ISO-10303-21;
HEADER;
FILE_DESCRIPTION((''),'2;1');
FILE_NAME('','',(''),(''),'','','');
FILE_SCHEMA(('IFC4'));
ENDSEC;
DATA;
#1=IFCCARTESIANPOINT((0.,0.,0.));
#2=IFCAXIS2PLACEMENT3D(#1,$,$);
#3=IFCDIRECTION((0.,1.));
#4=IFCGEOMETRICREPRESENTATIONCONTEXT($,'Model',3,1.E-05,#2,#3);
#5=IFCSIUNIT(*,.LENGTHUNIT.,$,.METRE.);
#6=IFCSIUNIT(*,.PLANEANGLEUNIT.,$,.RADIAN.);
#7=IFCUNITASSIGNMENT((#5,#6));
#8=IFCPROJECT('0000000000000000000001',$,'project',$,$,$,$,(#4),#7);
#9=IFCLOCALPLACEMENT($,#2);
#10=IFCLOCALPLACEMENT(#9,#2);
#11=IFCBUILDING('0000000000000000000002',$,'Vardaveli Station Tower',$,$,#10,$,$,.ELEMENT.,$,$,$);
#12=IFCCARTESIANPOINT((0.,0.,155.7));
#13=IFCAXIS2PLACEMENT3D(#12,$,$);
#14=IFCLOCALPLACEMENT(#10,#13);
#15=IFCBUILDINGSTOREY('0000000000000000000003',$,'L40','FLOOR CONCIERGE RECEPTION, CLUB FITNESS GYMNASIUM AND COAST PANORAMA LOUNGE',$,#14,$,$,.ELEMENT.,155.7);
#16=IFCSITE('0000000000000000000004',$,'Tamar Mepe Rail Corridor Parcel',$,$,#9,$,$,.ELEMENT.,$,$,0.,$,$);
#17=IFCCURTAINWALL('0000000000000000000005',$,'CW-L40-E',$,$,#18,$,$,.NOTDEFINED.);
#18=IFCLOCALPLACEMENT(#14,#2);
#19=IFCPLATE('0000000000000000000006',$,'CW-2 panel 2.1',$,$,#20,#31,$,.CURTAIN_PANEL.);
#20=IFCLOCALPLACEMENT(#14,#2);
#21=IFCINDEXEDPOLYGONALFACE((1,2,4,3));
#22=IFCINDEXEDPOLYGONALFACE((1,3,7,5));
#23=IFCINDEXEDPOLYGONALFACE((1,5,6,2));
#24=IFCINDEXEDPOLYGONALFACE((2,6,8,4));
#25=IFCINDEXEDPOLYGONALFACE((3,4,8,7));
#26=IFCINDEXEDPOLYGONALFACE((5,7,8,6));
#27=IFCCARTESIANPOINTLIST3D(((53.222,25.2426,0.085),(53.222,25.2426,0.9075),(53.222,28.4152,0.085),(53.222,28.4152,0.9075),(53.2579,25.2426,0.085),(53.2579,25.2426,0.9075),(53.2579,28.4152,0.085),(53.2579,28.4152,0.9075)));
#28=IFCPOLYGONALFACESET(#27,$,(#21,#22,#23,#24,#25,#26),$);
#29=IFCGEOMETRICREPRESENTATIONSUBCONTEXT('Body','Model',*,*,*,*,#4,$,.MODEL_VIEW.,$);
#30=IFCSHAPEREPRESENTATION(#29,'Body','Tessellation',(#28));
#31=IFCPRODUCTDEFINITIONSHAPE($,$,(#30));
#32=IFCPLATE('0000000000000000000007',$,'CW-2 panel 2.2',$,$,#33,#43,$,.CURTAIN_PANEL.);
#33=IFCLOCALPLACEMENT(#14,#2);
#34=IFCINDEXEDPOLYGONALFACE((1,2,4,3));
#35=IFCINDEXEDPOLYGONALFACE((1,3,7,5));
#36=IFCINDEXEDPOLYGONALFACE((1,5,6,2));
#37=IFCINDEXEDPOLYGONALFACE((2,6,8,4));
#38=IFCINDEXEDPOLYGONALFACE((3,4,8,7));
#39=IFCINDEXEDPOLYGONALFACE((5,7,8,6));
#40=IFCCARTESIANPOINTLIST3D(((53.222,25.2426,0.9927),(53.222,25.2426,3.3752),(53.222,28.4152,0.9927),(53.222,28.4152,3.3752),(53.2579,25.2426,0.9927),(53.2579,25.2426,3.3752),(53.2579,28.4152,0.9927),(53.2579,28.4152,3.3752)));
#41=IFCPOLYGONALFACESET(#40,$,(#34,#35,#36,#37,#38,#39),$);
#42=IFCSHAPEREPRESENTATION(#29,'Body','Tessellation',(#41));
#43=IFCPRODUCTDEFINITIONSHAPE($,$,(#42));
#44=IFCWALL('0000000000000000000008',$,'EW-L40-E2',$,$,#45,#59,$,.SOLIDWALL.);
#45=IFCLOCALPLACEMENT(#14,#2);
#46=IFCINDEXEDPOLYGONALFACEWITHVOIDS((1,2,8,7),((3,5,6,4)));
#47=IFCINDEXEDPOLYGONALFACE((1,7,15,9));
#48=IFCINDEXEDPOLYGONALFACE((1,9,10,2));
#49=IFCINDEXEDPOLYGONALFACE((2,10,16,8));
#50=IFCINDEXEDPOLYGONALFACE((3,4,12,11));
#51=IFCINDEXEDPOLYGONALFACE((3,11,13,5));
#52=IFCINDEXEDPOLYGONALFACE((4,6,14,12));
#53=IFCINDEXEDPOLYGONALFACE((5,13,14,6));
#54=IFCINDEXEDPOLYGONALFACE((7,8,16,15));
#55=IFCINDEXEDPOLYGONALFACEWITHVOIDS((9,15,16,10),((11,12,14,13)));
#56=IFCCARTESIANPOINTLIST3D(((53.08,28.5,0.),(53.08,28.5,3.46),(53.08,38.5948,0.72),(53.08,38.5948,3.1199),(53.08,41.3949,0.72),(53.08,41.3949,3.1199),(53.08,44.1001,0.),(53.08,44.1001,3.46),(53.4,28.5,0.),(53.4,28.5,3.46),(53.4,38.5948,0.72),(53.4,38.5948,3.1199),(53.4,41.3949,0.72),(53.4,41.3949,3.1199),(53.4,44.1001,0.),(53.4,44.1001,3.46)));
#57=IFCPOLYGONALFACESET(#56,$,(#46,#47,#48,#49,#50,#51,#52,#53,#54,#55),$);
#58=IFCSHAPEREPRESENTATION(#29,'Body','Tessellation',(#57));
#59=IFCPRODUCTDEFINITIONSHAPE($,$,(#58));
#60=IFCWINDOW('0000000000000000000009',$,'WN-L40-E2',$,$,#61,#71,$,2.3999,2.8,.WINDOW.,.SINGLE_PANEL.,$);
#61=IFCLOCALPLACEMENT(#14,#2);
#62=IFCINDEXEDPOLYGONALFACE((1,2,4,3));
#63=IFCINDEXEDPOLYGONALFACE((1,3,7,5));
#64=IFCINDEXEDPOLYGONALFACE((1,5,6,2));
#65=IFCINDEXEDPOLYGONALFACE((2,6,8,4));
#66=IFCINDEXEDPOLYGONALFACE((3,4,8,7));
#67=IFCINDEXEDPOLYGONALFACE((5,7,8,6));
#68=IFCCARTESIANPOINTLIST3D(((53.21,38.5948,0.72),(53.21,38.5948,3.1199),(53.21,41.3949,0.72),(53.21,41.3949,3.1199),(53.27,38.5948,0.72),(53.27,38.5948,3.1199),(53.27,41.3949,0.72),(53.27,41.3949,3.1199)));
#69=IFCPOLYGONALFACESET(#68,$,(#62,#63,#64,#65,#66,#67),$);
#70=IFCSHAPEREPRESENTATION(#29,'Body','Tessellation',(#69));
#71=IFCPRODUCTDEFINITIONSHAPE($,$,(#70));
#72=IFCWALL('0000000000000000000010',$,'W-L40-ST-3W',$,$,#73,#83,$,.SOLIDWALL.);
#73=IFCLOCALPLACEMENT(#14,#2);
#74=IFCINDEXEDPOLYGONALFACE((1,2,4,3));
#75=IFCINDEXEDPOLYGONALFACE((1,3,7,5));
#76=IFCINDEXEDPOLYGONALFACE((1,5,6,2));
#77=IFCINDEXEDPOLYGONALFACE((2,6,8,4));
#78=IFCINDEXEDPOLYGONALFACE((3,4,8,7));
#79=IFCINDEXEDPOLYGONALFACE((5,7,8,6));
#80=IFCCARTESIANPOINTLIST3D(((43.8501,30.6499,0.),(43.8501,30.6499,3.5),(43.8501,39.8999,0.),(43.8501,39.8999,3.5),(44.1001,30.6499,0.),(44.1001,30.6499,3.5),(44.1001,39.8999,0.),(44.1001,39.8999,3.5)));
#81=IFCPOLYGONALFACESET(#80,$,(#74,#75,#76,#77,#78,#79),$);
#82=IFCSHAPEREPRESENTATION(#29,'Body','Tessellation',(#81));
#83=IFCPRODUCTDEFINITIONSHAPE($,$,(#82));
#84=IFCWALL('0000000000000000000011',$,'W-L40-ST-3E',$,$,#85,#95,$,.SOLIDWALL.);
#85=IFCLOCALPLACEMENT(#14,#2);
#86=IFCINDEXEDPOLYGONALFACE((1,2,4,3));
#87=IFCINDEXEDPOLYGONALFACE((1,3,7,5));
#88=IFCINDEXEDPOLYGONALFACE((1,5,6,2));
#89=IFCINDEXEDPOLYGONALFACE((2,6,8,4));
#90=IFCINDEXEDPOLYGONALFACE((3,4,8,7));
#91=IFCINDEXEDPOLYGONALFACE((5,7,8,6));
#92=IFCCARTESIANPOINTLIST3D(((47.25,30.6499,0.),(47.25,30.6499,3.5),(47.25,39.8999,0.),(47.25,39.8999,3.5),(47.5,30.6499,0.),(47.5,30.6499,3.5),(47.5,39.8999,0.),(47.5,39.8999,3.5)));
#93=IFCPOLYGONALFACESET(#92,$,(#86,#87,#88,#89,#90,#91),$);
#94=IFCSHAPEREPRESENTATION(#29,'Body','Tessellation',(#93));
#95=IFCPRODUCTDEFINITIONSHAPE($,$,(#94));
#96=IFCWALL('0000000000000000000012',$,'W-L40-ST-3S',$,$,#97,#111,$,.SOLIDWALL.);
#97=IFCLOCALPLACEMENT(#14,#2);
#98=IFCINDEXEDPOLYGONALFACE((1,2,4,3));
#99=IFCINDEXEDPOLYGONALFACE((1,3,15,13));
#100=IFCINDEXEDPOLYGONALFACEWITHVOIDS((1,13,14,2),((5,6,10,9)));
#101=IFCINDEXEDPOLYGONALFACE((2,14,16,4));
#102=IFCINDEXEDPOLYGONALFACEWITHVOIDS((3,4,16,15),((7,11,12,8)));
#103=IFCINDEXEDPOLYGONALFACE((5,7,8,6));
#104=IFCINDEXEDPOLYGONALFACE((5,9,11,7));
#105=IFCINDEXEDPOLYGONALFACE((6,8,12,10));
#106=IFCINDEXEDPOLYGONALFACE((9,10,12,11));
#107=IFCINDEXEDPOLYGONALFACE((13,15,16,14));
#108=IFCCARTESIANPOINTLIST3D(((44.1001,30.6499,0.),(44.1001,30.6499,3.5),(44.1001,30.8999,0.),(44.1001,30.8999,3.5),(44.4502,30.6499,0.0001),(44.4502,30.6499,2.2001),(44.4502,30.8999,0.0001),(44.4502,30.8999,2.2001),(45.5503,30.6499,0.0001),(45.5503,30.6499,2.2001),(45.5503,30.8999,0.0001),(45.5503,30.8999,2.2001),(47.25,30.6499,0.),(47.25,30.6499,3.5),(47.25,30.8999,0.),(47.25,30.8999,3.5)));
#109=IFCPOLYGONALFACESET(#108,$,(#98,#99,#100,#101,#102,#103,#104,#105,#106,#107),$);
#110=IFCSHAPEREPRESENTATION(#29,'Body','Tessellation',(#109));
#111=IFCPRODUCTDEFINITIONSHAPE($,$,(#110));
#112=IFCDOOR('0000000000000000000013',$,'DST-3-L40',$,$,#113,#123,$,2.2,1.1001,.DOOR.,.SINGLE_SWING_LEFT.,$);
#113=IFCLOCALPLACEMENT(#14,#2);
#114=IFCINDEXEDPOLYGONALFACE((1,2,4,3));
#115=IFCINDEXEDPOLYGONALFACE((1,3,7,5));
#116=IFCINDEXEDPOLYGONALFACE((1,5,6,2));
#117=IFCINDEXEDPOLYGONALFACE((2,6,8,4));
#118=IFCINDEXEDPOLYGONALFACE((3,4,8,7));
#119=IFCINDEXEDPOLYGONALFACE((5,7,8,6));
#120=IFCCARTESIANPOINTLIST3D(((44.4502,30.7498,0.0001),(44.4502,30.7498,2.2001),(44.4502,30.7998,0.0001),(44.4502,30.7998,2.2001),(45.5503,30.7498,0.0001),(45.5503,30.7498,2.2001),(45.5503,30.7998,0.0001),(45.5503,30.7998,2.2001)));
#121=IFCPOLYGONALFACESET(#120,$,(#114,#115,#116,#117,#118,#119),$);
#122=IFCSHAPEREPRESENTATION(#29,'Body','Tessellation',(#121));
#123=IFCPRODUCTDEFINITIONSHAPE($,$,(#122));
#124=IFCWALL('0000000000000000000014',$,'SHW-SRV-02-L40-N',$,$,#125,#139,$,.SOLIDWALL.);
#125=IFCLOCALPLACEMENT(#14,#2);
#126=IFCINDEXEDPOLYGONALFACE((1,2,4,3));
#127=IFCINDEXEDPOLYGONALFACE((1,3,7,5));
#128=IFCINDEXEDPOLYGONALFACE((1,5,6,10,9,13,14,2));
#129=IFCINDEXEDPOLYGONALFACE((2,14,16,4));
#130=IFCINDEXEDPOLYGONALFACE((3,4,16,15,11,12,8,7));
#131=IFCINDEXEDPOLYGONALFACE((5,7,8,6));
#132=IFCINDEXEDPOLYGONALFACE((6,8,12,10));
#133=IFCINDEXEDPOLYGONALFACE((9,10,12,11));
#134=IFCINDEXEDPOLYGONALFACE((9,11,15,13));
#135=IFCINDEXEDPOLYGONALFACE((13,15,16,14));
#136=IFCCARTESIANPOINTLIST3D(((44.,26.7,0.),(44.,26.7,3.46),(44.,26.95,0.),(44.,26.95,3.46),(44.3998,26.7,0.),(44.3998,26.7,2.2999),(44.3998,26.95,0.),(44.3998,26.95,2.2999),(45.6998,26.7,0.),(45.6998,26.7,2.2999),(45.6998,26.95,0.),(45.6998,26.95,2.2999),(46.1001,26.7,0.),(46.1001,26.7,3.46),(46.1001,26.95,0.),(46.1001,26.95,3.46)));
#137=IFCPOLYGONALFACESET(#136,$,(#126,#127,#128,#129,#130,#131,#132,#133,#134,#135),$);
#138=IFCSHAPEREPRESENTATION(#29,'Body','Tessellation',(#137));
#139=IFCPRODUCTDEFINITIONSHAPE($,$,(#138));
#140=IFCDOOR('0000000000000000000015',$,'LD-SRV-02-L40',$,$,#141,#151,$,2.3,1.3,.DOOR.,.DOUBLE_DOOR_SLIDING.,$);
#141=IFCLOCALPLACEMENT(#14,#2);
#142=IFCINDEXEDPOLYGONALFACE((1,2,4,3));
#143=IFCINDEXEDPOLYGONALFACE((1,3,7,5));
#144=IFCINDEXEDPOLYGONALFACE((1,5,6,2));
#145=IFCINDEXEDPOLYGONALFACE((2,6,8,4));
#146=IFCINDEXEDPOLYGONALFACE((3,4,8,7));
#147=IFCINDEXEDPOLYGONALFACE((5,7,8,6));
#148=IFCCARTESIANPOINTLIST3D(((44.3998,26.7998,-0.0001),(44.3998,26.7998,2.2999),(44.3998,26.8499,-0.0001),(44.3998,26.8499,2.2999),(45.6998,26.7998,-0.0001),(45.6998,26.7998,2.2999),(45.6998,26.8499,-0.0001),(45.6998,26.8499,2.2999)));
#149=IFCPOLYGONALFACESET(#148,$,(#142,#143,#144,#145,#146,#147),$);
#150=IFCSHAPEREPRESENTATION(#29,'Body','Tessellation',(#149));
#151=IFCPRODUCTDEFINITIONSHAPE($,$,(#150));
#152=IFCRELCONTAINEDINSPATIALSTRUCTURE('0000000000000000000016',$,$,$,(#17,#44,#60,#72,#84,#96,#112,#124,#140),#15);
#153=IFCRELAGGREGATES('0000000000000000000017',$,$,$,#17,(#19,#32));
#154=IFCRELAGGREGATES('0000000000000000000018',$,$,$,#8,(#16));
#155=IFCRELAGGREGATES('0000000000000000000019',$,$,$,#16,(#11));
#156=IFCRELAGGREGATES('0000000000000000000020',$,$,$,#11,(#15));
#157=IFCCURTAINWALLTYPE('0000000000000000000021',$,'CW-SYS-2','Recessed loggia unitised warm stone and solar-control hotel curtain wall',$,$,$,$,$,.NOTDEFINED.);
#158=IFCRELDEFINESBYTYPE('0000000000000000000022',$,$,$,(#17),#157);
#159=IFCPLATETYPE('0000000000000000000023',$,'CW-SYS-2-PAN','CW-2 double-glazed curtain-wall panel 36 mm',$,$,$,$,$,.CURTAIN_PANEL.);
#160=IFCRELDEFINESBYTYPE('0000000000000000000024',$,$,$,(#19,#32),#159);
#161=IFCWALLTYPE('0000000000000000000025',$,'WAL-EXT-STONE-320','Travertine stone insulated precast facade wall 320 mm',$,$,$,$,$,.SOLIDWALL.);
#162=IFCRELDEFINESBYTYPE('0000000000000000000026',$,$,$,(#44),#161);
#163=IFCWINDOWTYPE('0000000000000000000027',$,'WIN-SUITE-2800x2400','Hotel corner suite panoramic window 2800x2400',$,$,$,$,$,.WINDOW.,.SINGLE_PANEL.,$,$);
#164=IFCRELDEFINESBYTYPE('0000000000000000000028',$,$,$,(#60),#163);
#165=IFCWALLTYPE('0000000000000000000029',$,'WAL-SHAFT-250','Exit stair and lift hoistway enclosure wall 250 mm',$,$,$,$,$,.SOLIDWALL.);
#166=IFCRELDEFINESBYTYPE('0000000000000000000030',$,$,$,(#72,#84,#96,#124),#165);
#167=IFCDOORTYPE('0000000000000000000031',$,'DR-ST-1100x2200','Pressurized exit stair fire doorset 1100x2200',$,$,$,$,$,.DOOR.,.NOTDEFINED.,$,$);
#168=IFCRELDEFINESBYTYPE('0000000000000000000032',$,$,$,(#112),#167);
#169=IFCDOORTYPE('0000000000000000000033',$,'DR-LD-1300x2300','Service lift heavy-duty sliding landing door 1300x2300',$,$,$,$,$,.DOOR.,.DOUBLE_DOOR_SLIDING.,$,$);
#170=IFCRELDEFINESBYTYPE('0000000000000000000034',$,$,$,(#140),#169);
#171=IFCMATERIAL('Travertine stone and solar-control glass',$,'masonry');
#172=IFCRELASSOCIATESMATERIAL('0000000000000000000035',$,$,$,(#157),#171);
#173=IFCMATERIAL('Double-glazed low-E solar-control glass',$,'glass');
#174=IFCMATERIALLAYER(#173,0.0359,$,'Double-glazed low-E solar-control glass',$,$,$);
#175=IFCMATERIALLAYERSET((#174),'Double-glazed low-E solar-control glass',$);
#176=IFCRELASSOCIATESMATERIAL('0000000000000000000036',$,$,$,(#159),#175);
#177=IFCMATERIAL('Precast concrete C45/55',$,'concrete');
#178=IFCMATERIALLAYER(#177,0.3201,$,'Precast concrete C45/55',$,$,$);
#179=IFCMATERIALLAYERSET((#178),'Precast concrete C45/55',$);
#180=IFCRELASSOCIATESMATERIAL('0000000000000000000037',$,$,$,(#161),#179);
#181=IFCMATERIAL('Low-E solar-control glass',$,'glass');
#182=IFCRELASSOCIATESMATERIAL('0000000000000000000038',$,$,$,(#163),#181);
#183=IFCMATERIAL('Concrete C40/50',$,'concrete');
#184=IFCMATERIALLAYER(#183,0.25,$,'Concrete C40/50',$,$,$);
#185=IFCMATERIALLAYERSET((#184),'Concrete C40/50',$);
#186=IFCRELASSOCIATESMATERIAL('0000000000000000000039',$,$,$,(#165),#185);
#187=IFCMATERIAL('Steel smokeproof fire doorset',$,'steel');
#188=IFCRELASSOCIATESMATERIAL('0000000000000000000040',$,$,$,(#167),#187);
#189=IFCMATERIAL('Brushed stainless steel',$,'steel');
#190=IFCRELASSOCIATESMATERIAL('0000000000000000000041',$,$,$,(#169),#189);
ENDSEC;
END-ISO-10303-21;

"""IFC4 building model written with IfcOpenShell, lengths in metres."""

from ifc_helpers import new_model, si_unit, direction, frame, frame_2d, origin, origin_2d, place, context, subcontext, project, spatial, rectangle, extrude, source, transform, mapped, material, layer, layer_set, type_object, element, fill, aggregate, save


model = new_model("IFC4")

# Units and contexts
model_context = context("Model", 3, precision=1e-05, world=origin(), true_north=direction((0.0, 1.0)))
body_context = subcontext(model_context, "Body", "Model", "MODEL_VIEW")
ifc_project = project(units=[si_unit("LENGTHUNIT", "METRE"), si_unit("PLANEANGLEUNIT", "RADIAN")], contexts=[model_context])

# Site, building, storey
site_placement = place(None, origin())
site = spatial("IfcSite", under=ifc_project, at=site_placement, Name="Tamar Mepe Rail Corridor Parcel", CompositionType="ELEMENT", RefElevation=0.0)
building_placement = place(site_placement, origin())
building = spatial("IfcBuilding", under=site, at=building_placement, Name="Vardaveli Station Tower", CompositionType="ELEMENT")
storey_placement = place(building_placement, frame((0.0, 0.0, 155.7)))
storey = spatial("IfcBuildingStorey", under=building, at=storey_placement, Name="L40", Description="FLOOR CONCIERGE RECEPTION, CLUB FITNESS GYMNASIUM AND COAST PANORAMA LOUNGE", CompositionType="ELEMENT", Elevation=155.7)

# Shared definitions
ifc_material_1 = material(Name="Precast concrete C45/55", Category="concrete")

# Curtain wall, plates
ifc_material_2 = material(Name="Travertine stone and solar-control glass", Category="masonry")
curtain_wall_type = type_object("IfcCurtainWallType", Name="CW-SYS-2", Description="Recessed loggia unitised warm stone and solar-control hotel curtain wall", PredefinedType="NOTDEFINED", material=ifc_material_2)
curtain_wall_placement = place(storey_placement, origin())
curtain_wall = element("IfcCurtainWall", 1, at=curtain_wall_placement, inside=storey, type_object=curtain_wall_type, Name="CW-L40-E", PredefinedType="NOTDEFINED")
ifc_material_3 = material(Name="Double-glazed low-E solar-control glass", Category="glass")
ifc_layer_1 = layer(ifc_material_3, 0.0359, Name="Double-glazed low-E solar-control glass")
ifc_layer_set_1 = layer_set([ifc_layer_1], Name="Double-glazed low-E solar-control glass")
plate_type = type_object("IfcPlateType", Name="CW-SYS-2-PAN", Description="CW-2 double-glazed curtain-wall panel 36 mm", PredefinedType="CURTAIN_PANEL", material=ifc_layer_set_1)
shared_shape_1 = source(origin(), body_context, "Body", "SweptSolid", [
    extrude(rectangle(XDim=3.1726, YDim=0.0359, at=origin_2d()), origin(), (0.0, 0.0, 1.0), 0.8225),
])
plate_1_placement = place(storey_placement, frame((53.24, 26.8289, 0.085), z_axis=(0.0, 0.0, 1.0), x_axis=(0.0, 1.0, 0.0)))
plate_1 = element("IfcPlate", 2, at=plate_1_placement, type_object=plate_type, Name="CW-2 panel 2.1", PredefinedType="CURTAIN_PANEL", context=body_context, shape_type="MappedRepresentation", body=[
    mapped(shared_shape_1, transform((0.0, 0.0, 0.0), scale=1.0)),
])
shared_shape_2 = source(origin(), body_context, "Body", "SweptSolid", [
    extrude(rectangle(XDim=3.1726, YDim=0.0359, at=origin_2d()), origin(), (0.0, 0.0, 1.0), 2.3826),
])
plate_2_placement = place(storey_placement, frame((53.24, 26.8289, 0.9927), z_axis=(0.0, 0.0, 1.0), x_axis=(0.0, 1.0, 0.0)))
plate_2 = element("IfcPlate", 3, at=plate_2_placement, type_object=plate_type, Name="CW-2 panel 2.2", PredefinedType="CURTAIN_PANEL", context=body_context, shape_type="MappedRepresentation", body=[
    mapped(shared_shape_2, transform((0.0, 0.0, 0.0), scale=1.0)),
])
aggregate(curtain_wall, [plate_1, plate_2])

# Wall, opening, window
ifc_layer_2 = layer(ifc_material_1, 0.3201, Name="Precast concrete C45/55")
ifc_layer_set_2 = layer_set([ifc_layer_2], Name="Precast concrete C45/55")
wall_type_1 = type_object("IfcWallType", Name="WAL-EXT-STONE-320", Description="Travertine stone insulated precast facade wall 320 mm", PredefinedType="SOLIDWALL", material=ifc_layer_set_2)
shared_shape_3 = source(origin(), body_context, "Body", "SweptSolid", [
    extrude(rectangle(XDim=15.6001, YDim=0.3201, at=frame_2d((7.8, 0.0))), origin(), (0.0, 0.0, 1.0), 3.46),
])
wall_1_placement = place(storey_placement, frame((53.24, 28.5, 0.0), z_axis=(0.0, 0.0, 1.0), x_axis=(0.0, 1.0, 0.0)))
wall_1 = element("IfcWall", 4, at=wall_1_placement, inside=storey, type_object=wall_type_1, Name="EW-L40-E2", PredefinedType="SOLIDWALL", context=body_context, shape_type="MappedRepresentation", body=[
    mapped(shared_shape_3, transform((0.0, 0.0, 0.0), scale=1.0)),
])
shared_shape_4 = source(origin(), body_context, "Body", "SweptSolid", [
    extrude(rectangle(XDim=2.8, YDim=2.3999, at=frame_2d((1.3999, 1.2))), frame((0.0, 0.1699, 0.0), z_axis=(0.0, -1.0, 0.0), x_axis=(1.0, 0.0, 0.0)), (0.0, 0.0, 1.0), 0.3401),
])
opening_1_placement = place(wall_1_placement, frame((10.095, 0.0, 0.72)))
opening_1 = element("IfcOpeningElement", 5, at=opening_1_placement, cuts=wall_1, PredefinedType="OPENING", context=body_context, shape_type="MappedRepresentation", body=[
    mapped(shared_shape_4, transform((0.0, 0.0, 0.0), scale=1.0)),
])
ifc_material_4 = material(Name="Low-E solar-control glass", Category="glass")
window_type = type_object("IfcWindowType", Name="WIN-SUITE-2800x2400", Description="Hotel corner suite panoramic window 2800x2400", PartitioningType="SINGLE_PANEL", PredefinedType="WINDOW", material=ifc_material_4)
shared_shape_5 = source(origin(), body_context, "Body", "SweptSolid", [
    extrude(rectangle(XDim=2.8, YDim=2.3999, at=frame_2d((1.3999, 1.2))), frame((0.0, 0.03, 0.0), z_axis=(0.0, -1.0, 0.0), x_axis=(1.0, 0.0, 0.0)), (0.0, 0.0, 1.0), 0.0601),
])
window_placement = place(opening_1_placement, origin())
window = element("IfcWindow", 6, at=window_placement, inside=storey, type_object=window_type, Name="WN-L40-E2", OverallHeight=2.3999, OverallWidth=2.8, PartitioningType="SINGLE_PANEL", PredefinedType="WINDOW", context=body_context, shape_type="MappedRepresentation", body=[
    mapped(shared_shape_5, transform((0.0, 0.0, 0.0), scale=1.0)),
])
fill(opening_1, window)

# Walls
ifc_material_5 = material(Name="Concrete C40/50", Category="concrete")
ifc_layer_3 = layer(ifc_material_5, 0.25, Name="Concrete C40/50")
ifc_layer_set_3 = layer_set([ifc_layer_3], Name="Concrete C40/50")
wall_type_2 = type_object("IfcWallType", Name="WAL-SHAFT-250", Description="Exit stair and lift hoistway enclosure wall 250 mm", PredefinedType="SOLIDWALL", material=ifc_layer_set_3)
shared_shape_6 = source(origin(), body_context, "Body", "SweptSolid", [
    extrude(rectangle(XDim=9.25, YDim=0.25, at=frame_2d((4.625, 0.0))), origin(), (0.0, 0.0, 1.0), 3.5),
])
for number, where, z_axis, x_axis, name in (
    (7, (43.9751, 30.6499, 0.0), (0.0, 0.0, 1.0), (0.0, 1.0, 0.0), "W-L40-ST-3W"),
    (8, (47.375, 30.6499, 0.0), (0.0, 0.0, 1.0), (0.0, 1.0, 0.0), "W-L40-ST-3E"),
):
    element("IfcWall", number, at=place(storey_placement, frame(where, z_axis=z_axis, x_axis=x_axis)), inside=storey, type_object=wall_type_2, Name=name, PredefinedType="SOLIDWALL", context=body_context, shape_type="MappedRepresentation", body=[
        mapped(shared_shape_6, transform((0.0, 0.0, 0.0), scale=1.0)),
    ])

# Walls, openings, doors
shared_shape_7 = source(origin(), body_context, "Body", "SweptSolid", [
    extrude(rectangle(XDim=3.1499, YDim=0.25, at=frame_2d((1.575, 0.0))), origin(), (0.0, 0.0, 1.0), 3.5),
])
wall_2_placement = place(storey_placement, frame((44.1001, 30.7749, 0.0), z_axis=(0.0, 0.0, 1.0), x_axis=(1.0, 0.0, 0.0)))
wall_2 = element("IfcWall", 9, at=wall_2_placement, inside=storey, type_object=wall_type_2, Name="W-L40-ST-3S", PredefinedType="SOLIDWALL", context=body_context, shape_type="MappedRepresentation", body=[
    mapped(shared_shape_7, transform((0.0, 0.0, 0.0), scale=1.0)),
])
shared_shape_8 = source(origin(), body_context, "Body", "SweptSolid", [
    extrude(rectangle(XDim=1.1001, YDim=2.2, at=frame_2d((0.55, 1.1001))), frame((0.0, 0.135, 0.0), z_axis=(0.0, -1.0, 0.0), x_axis=(1.0, 0.0, 0.0)), (0.0, 0.0, 1.0), 0.27),
])
opening_2_placement = place(wall_2_placement, frame((0.3501, 0.0, 0.0)))
opening_2 = element("IfcOpeningElement", 10, at=opening_2_placement, cuts=wall_2, PredefinedType="OPENING", context=body_context, shape_type="MappedRepresentation", body=[
    mapped(shared_shape_8, transform((0.0, 0.0, 0.0), scale=1.0)),
])
ifc_material_6 = material(Name="Steel smokeproof fire doorset", Category="steel")
door_type_1 = type_object("IfcDoorType", Name="DR-ST-1100x2200", Description="Pressurized exit stair fire doorset 1100x2200", OperationType="NOTDEFINED", PredefinedType="DOOR", material=ifc_material_6)
shared_shape_9 = source(origin(), body_context, "Body", "SweptSolid", [
    extrude(rectangle(XDim=1.1001, YDim=2.2, at=frame_2d((0.55, 1.1001))), frame((0.0, 0.0249, 0.0), z_axis=(0.0, -1.0, 0.0), x_axis=(1.0, 0.0, 0.0)), (0.0, 0.0, 1.0), 0.05),
])
door_1_placement = place(opening_2_placement, origin())
door_1 = element("IfcDoor", 11, at=door_1_placement, inside=storey, type_object=door_type_1, Name="DST-3-L40", OperationType="SINGLE_SWING_LEFT", OverallHeight=2.2, OverallWidth=1.1001, PredefinedType="DOOR", context=body_context, shape_type="MappedRepresentation", body=[
    mapped(shared_shape_9, transform((0.0, 0.0, 0.0), scale=1.0)),
])
fill(opening_2, door_1)
shared_shape_10 = source(origin(), body_context, "Body", "SweptSolid", [
    extrude(rectangle(XDim=2.1001, YDim=0.25, at=frame_2d((1.05, 0.0))), origin(), (0.0, 0.0, 1.0), 3.46),
])
wall_3_placement = place(storey_placement, frame((44.0, 26.825, 0.0), z_axis=(0.0, 0.0, 1.0), x_axis=(1.0, 0.0, 0.0)))
wall_3 = element("IfcWall", 12, at=wall_3_placement, inside=storey, type_object=wall_type_2, Name="SHW-SRV-02-L40-N", PredefinedType="SOLIDWALL", context=body_context, shape_type="MappedRepresentation", body=[
    mapped(shared_shape_10, transform((0.0, 0.0, 0.0), scale=1.0)),
])
shared_shape_11 = source(origin(), body_context, "Body", "SweptSolid", [
    extrude(rectangle(XDim=1.3, YDim=2.3, at=frame_2d((0.6499, 1.1499))), frame((0.0, 0.135, 0.0), z_axis=(0.0, -1.0, 0.0), x_axis=(1.0, 0.0, 0.0)), (0.0, 0.0, 1.0), 0.27),
])
opening_3_placement = place(wall_3_placement, frame((0.3999, 0.0, 0.0)))
opening_3 = element("IfcOpeningElement", 13, at=opening_3_placement, cuts=wall_3, PredefinedType="OPENING", context=body_context, shape_type="MappedRepresentation", body=[
    mapped(shared_shape_11, transform((0.0, 0.0, 0.0), scale=1.0)),
])
ifc_material_7 = material(Name="Brushed stainless steel", Category="steel")
door_type_2 = type_object("IfcDoorType", Name="DR-LD-1300x2300", Description="Service lift heavy-duty sliding landing door 1300x2300", OperationType="DOUBLE_DOOR_SLIDING", PredefinedType="DOOR", material=ifc_material_7)
shared_shape_12 = source(origin(), body_context, "Body", "SweptSolid", [
    extrude(rectangle(XDim=1.3, YDim=2.3, at=frame_2d((0.6499, 1.1499))), frame((0.0, 0.0249, 0.0), z_axis=(0.0, -1.0, 0.0), x_axis=(1.0, 0.0, 0.0)), (0.0, 0.0, 1.0), 0.05),
])
door_2_placement = place(opening_3_placement, origin())
door_2 = element("IfcDoor", 14, at=door_2_placement, inside=storey, type_object=door_type_2, Name="LD-SRV-02-L40", OperationType="DOUBLE_DOOR_SLIDING", OverallHeight=2.3, OverallWidth=1.3, PredefinedType="DOOR", context=body_context, shape_type="MappedRepresentation", body=[
    mapped(shared_shape_12, transform((0.0, 0.0, 0.0), scale=1.0)),
])
fill(opening_3, door_2)

save(model, "model.ifc")
